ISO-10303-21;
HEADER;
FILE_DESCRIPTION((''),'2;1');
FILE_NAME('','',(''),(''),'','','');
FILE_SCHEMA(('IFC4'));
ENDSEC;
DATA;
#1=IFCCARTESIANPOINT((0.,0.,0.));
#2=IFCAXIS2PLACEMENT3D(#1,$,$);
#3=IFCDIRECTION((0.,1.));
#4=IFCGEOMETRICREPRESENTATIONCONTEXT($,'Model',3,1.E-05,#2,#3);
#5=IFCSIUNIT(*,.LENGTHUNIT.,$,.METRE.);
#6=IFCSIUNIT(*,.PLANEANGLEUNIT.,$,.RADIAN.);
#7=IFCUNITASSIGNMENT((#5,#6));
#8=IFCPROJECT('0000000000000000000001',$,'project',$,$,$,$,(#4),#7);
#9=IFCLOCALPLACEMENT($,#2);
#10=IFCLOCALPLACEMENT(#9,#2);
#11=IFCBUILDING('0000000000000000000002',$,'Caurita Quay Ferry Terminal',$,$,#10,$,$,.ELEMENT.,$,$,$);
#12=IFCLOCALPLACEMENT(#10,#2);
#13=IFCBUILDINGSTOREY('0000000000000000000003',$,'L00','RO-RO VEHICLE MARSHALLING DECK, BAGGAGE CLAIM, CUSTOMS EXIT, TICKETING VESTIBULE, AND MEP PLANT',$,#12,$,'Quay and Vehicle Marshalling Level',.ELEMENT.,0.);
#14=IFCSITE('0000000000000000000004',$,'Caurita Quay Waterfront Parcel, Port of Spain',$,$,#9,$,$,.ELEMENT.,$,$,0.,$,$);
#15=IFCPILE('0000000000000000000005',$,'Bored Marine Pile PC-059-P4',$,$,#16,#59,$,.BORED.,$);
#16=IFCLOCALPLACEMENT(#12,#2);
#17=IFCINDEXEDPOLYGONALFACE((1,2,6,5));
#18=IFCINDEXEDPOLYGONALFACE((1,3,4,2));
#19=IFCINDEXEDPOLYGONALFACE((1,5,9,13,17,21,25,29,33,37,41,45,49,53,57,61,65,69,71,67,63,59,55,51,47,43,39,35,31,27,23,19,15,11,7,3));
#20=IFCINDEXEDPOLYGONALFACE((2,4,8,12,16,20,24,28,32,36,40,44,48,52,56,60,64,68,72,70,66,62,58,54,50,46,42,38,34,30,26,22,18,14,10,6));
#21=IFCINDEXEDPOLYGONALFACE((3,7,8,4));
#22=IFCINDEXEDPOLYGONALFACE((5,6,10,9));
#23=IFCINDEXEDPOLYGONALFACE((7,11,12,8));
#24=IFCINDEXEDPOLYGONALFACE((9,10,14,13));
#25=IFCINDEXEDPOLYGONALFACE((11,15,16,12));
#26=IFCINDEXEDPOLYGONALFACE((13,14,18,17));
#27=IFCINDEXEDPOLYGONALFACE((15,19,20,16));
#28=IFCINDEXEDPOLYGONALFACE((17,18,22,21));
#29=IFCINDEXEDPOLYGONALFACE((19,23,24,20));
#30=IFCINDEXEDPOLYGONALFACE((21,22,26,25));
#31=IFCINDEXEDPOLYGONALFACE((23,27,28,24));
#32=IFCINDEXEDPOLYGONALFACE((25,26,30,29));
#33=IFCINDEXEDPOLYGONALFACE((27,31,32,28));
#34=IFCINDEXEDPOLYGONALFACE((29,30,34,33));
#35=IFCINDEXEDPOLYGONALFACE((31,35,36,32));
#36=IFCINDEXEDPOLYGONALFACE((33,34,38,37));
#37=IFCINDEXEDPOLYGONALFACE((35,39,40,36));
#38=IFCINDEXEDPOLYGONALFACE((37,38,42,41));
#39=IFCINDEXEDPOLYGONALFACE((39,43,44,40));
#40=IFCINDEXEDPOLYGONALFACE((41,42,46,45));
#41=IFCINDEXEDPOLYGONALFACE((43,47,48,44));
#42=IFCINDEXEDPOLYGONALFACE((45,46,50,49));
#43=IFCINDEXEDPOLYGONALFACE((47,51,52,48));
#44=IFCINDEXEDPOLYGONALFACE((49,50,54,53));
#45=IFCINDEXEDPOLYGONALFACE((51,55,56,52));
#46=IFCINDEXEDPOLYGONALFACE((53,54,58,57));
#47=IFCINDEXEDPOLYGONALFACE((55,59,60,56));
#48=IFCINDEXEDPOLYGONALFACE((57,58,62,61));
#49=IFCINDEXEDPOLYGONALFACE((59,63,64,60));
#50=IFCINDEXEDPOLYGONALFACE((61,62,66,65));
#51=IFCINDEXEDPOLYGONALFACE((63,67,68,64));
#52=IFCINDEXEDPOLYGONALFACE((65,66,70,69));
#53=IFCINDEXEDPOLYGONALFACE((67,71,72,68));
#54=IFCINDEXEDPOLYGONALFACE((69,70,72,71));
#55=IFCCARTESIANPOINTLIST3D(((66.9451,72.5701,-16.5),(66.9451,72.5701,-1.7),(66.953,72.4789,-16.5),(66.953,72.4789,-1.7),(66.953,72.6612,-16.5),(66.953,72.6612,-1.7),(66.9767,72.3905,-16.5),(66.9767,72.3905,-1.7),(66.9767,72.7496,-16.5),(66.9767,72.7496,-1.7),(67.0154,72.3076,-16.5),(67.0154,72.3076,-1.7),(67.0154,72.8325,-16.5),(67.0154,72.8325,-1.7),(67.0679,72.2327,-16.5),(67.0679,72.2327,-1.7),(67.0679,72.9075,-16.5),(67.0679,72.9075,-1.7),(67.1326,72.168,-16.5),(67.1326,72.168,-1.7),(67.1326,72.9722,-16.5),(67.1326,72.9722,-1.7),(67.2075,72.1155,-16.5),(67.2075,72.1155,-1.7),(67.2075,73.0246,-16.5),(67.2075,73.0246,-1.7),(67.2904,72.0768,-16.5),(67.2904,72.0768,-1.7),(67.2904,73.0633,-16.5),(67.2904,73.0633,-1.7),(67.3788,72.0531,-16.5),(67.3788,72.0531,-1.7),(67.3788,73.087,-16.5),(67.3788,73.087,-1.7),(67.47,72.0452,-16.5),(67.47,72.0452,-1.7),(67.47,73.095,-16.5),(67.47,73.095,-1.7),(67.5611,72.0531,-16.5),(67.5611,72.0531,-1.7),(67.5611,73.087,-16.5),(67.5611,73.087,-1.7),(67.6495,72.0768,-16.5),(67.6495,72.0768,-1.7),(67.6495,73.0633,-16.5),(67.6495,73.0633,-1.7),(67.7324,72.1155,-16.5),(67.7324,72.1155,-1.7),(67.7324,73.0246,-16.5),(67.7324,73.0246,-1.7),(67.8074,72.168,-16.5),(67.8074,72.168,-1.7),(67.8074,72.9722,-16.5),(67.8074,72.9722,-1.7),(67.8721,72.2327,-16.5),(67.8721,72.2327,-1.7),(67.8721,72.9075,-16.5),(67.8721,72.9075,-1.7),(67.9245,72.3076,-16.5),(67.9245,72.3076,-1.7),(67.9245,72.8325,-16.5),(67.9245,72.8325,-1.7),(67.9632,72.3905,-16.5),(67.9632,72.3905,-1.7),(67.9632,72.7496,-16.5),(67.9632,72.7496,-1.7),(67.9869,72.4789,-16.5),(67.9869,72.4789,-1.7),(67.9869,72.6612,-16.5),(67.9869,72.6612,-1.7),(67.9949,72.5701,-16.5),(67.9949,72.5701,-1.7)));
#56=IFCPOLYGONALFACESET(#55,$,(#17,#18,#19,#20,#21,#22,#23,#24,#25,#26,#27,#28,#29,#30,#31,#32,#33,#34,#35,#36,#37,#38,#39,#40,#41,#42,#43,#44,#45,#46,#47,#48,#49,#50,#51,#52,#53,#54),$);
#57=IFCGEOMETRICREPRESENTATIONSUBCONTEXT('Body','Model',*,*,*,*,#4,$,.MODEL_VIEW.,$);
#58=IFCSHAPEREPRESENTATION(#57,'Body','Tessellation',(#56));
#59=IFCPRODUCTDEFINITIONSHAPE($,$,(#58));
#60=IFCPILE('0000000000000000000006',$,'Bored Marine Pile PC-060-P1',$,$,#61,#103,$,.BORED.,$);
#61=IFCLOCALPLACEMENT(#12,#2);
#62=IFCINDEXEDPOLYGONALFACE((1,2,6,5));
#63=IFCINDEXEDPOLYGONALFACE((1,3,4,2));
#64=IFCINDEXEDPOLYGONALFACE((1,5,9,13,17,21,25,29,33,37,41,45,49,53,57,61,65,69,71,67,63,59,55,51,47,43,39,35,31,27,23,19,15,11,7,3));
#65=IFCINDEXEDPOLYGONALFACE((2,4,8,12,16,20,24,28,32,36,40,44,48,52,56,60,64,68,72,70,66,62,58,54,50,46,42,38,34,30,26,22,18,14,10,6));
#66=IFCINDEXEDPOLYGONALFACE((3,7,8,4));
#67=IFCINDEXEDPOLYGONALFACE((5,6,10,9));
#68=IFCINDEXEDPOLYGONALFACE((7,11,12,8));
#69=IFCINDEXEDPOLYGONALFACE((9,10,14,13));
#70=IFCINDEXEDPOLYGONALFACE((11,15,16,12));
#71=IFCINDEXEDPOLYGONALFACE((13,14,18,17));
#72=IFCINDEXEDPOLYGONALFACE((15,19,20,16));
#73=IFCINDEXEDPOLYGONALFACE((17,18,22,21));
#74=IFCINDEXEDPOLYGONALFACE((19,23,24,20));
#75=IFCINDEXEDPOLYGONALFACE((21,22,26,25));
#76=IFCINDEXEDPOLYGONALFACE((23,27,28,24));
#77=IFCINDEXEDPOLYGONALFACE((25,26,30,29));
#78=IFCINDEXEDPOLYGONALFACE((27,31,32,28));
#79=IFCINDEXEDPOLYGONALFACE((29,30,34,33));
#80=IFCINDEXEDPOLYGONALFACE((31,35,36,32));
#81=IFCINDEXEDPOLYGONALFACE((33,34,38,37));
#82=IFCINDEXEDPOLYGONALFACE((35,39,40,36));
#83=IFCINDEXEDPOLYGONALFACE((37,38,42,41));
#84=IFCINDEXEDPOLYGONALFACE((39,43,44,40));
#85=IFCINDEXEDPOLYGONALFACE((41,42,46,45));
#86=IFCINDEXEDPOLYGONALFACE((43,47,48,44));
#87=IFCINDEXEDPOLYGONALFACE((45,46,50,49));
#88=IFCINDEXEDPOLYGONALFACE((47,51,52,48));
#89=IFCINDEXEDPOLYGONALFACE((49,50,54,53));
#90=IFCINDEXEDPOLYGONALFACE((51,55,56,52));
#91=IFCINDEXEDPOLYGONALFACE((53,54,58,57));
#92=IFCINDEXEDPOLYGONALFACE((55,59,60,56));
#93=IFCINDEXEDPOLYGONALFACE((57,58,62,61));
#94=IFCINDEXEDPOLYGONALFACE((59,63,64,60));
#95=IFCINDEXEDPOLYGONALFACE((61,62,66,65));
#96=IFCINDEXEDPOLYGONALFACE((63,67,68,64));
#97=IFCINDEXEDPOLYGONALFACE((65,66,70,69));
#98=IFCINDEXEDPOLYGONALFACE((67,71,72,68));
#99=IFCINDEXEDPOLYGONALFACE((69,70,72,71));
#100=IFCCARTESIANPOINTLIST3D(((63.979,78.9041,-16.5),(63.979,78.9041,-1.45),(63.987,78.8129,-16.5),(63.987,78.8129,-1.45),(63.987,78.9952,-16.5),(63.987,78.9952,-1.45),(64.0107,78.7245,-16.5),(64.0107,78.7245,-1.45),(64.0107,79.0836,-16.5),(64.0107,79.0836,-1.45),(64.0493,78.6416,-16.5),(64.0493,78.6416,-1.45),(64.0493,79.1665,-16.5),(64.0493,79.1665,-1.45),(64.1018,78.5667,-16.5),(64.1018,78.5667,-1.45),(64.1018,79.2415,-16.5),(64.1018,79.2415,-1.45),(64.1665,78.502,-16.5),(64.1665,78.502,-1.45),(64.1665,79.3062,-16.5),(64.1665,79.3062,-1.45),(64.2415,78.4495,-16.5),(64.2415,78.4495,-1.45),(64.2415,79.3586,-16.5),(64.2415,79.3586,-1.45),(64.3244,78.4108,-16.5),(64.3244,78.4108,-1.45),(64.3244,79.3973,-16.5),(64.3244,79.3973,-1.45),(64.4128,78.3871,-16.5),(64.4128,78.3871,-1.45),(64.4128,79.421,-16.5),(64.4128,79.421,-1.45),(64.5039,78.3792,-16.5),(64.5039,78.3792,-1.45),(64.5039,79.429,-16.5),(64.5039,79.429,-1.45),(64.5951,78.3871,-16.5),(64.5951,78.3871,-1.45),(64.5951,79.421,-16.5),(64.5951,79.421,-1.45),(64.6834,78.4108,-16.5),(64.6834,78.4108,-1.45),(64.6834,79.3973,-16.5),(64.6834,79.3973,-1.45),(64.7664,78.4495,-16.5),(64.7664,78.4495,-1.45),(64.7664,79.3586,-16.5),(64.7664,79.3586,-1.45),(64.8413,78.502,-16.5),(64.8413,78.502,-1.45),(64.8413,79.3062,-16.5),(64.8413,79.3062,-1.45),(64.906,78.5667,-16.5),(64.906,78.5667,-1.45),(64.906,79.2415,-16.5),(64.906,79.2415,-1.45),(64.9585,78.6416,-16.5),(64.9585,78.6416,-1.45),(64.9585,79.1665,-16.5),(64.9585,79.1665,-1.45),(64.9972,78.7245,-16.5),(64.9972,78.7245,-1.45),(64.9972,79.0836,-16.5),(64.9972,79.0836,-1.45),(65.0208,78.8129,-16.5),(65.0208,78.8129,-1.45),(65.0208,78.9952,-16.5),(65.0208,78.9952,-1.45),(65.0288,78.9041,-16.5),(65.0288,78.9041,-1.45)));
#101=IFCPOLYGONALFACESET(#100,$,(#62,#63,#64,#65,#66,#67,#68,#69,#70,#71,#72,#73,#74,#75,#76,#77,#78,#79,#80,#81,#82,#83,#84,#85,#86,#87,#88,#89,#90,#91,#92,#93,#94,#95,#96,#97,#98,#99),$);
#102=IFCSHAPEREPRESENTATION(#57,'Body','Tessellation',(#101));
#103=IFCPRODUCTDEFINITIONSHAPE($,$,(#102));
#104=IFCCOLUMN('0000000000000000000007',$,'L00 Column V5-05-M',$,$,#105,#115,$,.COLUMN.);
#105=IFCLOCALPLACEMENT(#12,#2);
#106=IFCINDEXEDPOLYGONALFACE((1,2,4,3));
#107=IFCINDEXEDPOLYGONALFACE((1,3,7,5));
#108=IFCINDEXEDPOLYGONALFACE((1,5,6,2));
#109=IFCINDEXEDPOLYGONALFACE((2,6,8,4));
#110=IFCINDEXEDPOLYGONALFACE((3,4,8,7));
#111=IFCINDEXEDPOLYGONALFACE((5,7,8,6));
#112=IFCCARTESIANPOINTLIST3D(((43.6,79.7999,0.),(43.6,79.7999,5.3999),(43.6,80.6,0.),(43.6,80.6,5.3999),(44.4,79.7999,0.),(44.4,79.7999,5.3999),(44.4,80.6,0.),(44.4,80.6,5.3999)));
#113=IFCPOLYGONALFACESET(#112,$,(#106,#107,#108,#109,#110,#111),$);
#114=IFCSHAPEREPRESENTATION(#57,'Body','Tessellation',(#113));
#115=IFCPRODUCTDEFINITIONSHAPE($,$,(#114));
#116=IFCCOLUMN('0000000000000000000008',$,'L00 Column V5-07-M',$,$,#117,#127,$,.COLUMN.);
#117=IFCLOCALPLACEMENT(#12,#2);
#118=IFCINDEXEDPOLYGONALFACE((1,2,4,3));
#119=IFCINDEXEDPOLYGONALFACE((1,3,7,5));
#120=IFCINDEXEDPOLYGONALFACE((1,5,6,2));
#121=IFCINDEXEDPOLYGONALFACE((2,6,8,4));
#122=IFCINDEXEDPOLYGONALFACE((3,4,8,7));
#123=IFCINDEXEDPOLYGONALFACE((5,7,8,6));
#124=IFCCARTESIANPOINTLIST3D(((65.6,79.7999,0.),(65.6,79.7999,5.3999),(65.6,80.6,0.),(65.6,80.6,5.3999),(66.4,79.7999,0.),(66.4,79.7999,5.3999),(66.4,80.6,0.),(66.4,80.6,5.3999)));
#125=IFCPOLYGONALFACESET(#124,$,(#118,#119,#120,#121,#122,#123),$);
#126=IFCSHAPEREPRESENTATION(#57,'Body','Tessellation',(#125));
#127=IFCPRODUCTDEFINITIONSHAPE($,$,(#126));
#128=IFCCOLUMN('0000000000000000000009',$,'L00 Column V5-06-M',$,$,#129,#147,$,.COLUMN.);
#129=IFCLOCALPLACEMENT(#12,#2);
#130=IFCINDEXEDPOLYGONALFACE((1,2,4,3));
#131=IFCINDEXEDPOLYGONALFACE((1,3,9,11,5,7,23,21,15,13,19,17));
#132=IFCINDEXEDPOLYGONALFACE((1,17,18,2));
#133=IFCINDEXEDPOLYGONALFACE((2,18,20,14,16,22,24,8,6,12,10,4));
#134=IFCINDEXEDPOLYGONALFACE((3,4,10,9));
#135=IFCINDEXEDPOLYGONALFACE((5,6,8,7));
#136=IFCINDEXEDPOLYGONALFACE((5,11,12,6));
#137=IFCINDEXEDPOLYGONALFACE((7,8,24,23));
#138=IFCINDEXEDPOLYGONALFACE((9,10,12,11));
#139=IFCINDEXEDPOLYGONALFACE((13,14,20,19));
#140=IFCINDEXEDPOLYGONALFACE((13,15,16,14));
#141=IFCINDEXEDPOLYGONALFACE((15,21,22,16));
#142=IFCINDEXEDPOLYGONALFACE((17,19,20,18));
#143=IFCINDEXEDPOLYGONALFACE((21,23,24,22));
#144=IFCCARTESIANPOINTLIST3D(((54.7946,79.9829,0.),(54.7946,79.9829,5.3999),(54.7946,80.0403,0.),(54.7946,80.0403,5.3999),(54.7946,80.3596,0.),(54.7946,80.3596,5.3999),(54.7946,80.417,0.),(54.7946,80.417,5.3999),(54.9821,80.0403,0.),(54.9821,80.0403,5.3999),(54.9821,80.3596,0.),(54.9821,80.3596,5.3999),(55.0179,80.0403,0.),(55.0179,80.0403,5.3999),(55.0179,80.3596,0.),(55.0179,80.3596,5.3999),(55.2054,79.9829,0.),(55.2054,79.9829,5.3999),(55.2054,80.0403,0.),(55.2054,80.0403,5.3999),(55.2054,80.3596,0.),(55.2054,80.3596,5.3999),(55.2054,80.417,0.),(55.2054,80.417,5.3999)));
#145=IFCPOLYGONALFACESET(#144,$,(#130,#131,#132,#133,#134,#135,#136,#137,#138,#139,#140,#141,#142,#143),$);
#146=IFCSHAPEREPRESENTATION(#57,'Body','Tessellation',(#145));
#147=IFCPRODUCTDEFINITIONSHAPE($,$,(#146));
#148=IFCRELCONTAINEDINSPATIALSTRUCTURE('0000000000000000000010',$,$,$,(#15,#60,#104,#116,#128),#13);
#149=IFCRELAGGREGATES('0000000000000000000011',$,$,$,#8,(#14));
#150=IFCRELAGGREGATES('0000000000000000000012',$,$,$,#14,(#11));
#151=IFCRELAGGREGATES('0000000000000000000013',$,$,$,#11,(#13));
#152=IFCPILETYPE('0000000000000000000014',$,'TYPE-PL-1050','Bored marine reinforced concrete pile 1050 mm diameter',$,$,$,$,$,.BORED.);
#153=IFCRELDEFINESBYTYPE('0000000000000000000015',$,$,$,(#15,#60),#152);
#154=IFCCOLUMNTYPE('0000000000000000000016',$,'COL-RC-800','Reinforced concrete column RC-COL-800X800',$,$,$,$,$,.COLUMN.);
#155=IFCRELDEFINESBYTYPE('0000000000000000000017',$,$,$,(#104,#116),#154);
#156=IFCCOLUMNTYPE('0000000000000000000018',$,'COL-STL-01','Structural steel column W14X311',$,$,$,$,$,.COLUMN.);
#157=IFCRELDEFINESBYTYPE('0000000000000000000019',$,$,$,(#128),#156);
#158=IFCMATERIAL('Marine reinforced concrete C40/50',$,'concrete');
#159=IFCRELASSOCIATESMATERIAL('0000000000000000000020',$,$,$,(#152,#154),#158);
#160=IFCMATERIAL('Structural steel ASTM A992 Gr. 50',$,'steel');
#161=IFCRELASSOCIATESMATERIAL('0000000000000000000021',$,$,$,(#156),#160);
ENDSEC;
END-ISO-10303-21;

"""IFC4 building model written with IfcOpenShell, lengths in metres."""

from ifc_helpers import new_model, si_unit, direction, frame, origin, origin_2d, place, context, subcontext, project, spatial, rectangle, circle, i_section, extrude, material, material_profile, profile_set, type_object, element, save


model = new_model("IFC4")

# Units and contexts
model_context = context("Model", 3, precision=1e-05, world=origin(), true_north=direction((0.0, 1.0)))
body_context = subcontext(model_context, "Body", "Model", "MODEL_VIEW")
ifc_project = project(units=[si_unit("LENGTHUNIT", "METRE"), si_unit("PLANEANGLEUNIT", "RADIAN")], contexts=[model_context])

# Site, building, storey
site_placement = place(None, origin())
site = spatial("IfcSite", under=ifc_project, at=site_placement, Name="Caurita Quay Waterfront Parcel, Port of Spain", CompositionType="ELEMENT", RefElevation=0.0)
building_placement = place(site_placement, origin())
building = spatial("IfcBuilding", under=site, at=building_placement, Name="Caurita Quay Ferry Terminal", CompositionType="ELEMENT")
storey_placement = place(building_placement, origin())
storey = spatial("IfcBuildingStorey", under=building, at=storey_placement, Name="L00", Description="RO-RO VEHICLE MARSHALLING DECK, BAGGAGE CLAIM, CUSTOMS EXIT, TICKETING VESTIBULE, AND MEP PLANT", LongName="Quay and Vehicle Marshalling Level", CompositionType="ELEMENT", Elevation=0.0)

# Piles
ifc_material_1 = material(Name="Marine reinforced concrete C40/50", Category="concrete")
ifc_material_profile_1 = material_profile(ifc_material_1, circle(Radius=0.5249, at=origin_2d()), Name="PILE-D1050")
ifc_profile_set_1 = profile_set([ifc_material_profile_1], Name="Marine reinforced concrete C40/50")
pile_type = type_object("IfcPileType", Name="TYPE-PL-1050", Description="Bored marine reinforced concrete pile 1050 mm diameter", PredefinedType="BORED", material=ifc_profile_set_1)
for number, where, z_axis, x_axis, name in (
    (1, (67.47, 72.5701, -1.7), (0.0, 0.0, -1.0), (1.0, 0.0, 0.0), "Bored Marine Pile PC-059-P4"),
):
    element("IfcPile", number, at=place(storey_placement, frame(where, z_axis=z_axis, x_axis=x_axis)), inside=storey, type_object=pile_type, Name=name, PredefinedType="BORED", context=body_context, shape_type="SweptSolid", body=[
        extrude(circle(Radius=0.5249, at=origin_2d()), origin(), (0.0, 0.0, 1.0), 14.8),
    ])
pile_1_placement = place(storey_placement, frame((64.5039, 78.9041, -1.45), z_axis=(0.0, 0.0, -1.0), x_axis=(1.0, 0.0, 0.0)))
element("IfcPile", 2, at=pile_1_placement, inside=storey, type_object=pile_type, Name="Bored Marine Pile PC-060-P1", PredefinedType="BORED", context=body_context, shape_type="SweptSolid", body=[
    extrude(circle(Radius=0.5249, at=origin_2d()), origin(), (0.0, 0.0, 1.0), 15.05),
])

# Columns
ifc_material_profile_2 = material_profile(ifc_material_1, rectangle(XDim=0.8, YDim=0.8, at=origin_2d()), Name="RC-COL-800X800")
ifc_profile_set_2 = profile_set([ifc_material_profile_2], Name="Marine reinforced concrete C40/50")
column_type_1 = type_object("IfcColumnType", Name="COL-RC-800", Description="Reinforced concrete column RC-COL-800X800", PredefinedType="COLUMN", material=ifc_profile_set_2)
for number, where, z_axis, x_axis, name in (
    (3, (44.0, 80.2, 0.0), (0.0, 0.0, 1.0), (1.0, 0.0, 0.0), "L00 Column V5-05-M"),
    (4, (66.0, 80.2, 0.0), (0.0, 0.0, 1.0), (1.0, 0.0, 0.0), "L00 Column V5-07-M"),
):
    element("IfcColumn", number, at=place(storey_placement, frame(where, z_axis=z_axis, x_axis=x_axis)), inside=storey, type_object=column_type_1, Name=name, PredefinedType="COLUMN", context=body_context, shape_type="SweptSolid", body=[
        extrude(rectangle(XDim=0.8, YDim=0.8, at=origin_2d()), origin(), (0.0, 0.0, 1.0), 5.3999),
    ])
ifc_material_2 = material(Name="Structural steel ASTM A992 Gr. 50", Category="steel")
ifc_material_profile_3 = material_profile(ifc_material_2, i_section(OverallWidth=0.4109, OverallDepth=0.4341, WebThickness=0.0359, FlangeThickness=0.0574, at=origin_2d()), Name="W14X311")
ifc_profile_set_3 = profile_set([ifc_material_profile_3], Name="Structural steel ASTM A992 Gr. 50")
column_type_2 = type_object("IfcColumnType", Name="COL-STL-01", Description="Structural steel column W14X311", PredefinedType="COLUMN", material=ifc_profile_set_3)
column_placement = place(storey_placement, frame((55.0, 80.2, 0.0), z_axis=(0.0, 0.0, 1.0), x_axis=(1.0, 0.0, 0.0)))
element("IfcColumn", 5, at=column_placement, inside=storey, type_object=column_type_2, Name="L00 Column V5-06-M", PredefinedType="COLUMN", context=body_context, shape_type="SweptSolid", body=[
    extrude(i_section(OverallWidth=0.4109, OverallDepth=0.4341, WebThickness=0.0359, FlangeThickness=0.0574, at=origin_2d()), origin(), (0.0, 0.0, 1.0), 5.3999),
])

save(model, "model.ifc")
